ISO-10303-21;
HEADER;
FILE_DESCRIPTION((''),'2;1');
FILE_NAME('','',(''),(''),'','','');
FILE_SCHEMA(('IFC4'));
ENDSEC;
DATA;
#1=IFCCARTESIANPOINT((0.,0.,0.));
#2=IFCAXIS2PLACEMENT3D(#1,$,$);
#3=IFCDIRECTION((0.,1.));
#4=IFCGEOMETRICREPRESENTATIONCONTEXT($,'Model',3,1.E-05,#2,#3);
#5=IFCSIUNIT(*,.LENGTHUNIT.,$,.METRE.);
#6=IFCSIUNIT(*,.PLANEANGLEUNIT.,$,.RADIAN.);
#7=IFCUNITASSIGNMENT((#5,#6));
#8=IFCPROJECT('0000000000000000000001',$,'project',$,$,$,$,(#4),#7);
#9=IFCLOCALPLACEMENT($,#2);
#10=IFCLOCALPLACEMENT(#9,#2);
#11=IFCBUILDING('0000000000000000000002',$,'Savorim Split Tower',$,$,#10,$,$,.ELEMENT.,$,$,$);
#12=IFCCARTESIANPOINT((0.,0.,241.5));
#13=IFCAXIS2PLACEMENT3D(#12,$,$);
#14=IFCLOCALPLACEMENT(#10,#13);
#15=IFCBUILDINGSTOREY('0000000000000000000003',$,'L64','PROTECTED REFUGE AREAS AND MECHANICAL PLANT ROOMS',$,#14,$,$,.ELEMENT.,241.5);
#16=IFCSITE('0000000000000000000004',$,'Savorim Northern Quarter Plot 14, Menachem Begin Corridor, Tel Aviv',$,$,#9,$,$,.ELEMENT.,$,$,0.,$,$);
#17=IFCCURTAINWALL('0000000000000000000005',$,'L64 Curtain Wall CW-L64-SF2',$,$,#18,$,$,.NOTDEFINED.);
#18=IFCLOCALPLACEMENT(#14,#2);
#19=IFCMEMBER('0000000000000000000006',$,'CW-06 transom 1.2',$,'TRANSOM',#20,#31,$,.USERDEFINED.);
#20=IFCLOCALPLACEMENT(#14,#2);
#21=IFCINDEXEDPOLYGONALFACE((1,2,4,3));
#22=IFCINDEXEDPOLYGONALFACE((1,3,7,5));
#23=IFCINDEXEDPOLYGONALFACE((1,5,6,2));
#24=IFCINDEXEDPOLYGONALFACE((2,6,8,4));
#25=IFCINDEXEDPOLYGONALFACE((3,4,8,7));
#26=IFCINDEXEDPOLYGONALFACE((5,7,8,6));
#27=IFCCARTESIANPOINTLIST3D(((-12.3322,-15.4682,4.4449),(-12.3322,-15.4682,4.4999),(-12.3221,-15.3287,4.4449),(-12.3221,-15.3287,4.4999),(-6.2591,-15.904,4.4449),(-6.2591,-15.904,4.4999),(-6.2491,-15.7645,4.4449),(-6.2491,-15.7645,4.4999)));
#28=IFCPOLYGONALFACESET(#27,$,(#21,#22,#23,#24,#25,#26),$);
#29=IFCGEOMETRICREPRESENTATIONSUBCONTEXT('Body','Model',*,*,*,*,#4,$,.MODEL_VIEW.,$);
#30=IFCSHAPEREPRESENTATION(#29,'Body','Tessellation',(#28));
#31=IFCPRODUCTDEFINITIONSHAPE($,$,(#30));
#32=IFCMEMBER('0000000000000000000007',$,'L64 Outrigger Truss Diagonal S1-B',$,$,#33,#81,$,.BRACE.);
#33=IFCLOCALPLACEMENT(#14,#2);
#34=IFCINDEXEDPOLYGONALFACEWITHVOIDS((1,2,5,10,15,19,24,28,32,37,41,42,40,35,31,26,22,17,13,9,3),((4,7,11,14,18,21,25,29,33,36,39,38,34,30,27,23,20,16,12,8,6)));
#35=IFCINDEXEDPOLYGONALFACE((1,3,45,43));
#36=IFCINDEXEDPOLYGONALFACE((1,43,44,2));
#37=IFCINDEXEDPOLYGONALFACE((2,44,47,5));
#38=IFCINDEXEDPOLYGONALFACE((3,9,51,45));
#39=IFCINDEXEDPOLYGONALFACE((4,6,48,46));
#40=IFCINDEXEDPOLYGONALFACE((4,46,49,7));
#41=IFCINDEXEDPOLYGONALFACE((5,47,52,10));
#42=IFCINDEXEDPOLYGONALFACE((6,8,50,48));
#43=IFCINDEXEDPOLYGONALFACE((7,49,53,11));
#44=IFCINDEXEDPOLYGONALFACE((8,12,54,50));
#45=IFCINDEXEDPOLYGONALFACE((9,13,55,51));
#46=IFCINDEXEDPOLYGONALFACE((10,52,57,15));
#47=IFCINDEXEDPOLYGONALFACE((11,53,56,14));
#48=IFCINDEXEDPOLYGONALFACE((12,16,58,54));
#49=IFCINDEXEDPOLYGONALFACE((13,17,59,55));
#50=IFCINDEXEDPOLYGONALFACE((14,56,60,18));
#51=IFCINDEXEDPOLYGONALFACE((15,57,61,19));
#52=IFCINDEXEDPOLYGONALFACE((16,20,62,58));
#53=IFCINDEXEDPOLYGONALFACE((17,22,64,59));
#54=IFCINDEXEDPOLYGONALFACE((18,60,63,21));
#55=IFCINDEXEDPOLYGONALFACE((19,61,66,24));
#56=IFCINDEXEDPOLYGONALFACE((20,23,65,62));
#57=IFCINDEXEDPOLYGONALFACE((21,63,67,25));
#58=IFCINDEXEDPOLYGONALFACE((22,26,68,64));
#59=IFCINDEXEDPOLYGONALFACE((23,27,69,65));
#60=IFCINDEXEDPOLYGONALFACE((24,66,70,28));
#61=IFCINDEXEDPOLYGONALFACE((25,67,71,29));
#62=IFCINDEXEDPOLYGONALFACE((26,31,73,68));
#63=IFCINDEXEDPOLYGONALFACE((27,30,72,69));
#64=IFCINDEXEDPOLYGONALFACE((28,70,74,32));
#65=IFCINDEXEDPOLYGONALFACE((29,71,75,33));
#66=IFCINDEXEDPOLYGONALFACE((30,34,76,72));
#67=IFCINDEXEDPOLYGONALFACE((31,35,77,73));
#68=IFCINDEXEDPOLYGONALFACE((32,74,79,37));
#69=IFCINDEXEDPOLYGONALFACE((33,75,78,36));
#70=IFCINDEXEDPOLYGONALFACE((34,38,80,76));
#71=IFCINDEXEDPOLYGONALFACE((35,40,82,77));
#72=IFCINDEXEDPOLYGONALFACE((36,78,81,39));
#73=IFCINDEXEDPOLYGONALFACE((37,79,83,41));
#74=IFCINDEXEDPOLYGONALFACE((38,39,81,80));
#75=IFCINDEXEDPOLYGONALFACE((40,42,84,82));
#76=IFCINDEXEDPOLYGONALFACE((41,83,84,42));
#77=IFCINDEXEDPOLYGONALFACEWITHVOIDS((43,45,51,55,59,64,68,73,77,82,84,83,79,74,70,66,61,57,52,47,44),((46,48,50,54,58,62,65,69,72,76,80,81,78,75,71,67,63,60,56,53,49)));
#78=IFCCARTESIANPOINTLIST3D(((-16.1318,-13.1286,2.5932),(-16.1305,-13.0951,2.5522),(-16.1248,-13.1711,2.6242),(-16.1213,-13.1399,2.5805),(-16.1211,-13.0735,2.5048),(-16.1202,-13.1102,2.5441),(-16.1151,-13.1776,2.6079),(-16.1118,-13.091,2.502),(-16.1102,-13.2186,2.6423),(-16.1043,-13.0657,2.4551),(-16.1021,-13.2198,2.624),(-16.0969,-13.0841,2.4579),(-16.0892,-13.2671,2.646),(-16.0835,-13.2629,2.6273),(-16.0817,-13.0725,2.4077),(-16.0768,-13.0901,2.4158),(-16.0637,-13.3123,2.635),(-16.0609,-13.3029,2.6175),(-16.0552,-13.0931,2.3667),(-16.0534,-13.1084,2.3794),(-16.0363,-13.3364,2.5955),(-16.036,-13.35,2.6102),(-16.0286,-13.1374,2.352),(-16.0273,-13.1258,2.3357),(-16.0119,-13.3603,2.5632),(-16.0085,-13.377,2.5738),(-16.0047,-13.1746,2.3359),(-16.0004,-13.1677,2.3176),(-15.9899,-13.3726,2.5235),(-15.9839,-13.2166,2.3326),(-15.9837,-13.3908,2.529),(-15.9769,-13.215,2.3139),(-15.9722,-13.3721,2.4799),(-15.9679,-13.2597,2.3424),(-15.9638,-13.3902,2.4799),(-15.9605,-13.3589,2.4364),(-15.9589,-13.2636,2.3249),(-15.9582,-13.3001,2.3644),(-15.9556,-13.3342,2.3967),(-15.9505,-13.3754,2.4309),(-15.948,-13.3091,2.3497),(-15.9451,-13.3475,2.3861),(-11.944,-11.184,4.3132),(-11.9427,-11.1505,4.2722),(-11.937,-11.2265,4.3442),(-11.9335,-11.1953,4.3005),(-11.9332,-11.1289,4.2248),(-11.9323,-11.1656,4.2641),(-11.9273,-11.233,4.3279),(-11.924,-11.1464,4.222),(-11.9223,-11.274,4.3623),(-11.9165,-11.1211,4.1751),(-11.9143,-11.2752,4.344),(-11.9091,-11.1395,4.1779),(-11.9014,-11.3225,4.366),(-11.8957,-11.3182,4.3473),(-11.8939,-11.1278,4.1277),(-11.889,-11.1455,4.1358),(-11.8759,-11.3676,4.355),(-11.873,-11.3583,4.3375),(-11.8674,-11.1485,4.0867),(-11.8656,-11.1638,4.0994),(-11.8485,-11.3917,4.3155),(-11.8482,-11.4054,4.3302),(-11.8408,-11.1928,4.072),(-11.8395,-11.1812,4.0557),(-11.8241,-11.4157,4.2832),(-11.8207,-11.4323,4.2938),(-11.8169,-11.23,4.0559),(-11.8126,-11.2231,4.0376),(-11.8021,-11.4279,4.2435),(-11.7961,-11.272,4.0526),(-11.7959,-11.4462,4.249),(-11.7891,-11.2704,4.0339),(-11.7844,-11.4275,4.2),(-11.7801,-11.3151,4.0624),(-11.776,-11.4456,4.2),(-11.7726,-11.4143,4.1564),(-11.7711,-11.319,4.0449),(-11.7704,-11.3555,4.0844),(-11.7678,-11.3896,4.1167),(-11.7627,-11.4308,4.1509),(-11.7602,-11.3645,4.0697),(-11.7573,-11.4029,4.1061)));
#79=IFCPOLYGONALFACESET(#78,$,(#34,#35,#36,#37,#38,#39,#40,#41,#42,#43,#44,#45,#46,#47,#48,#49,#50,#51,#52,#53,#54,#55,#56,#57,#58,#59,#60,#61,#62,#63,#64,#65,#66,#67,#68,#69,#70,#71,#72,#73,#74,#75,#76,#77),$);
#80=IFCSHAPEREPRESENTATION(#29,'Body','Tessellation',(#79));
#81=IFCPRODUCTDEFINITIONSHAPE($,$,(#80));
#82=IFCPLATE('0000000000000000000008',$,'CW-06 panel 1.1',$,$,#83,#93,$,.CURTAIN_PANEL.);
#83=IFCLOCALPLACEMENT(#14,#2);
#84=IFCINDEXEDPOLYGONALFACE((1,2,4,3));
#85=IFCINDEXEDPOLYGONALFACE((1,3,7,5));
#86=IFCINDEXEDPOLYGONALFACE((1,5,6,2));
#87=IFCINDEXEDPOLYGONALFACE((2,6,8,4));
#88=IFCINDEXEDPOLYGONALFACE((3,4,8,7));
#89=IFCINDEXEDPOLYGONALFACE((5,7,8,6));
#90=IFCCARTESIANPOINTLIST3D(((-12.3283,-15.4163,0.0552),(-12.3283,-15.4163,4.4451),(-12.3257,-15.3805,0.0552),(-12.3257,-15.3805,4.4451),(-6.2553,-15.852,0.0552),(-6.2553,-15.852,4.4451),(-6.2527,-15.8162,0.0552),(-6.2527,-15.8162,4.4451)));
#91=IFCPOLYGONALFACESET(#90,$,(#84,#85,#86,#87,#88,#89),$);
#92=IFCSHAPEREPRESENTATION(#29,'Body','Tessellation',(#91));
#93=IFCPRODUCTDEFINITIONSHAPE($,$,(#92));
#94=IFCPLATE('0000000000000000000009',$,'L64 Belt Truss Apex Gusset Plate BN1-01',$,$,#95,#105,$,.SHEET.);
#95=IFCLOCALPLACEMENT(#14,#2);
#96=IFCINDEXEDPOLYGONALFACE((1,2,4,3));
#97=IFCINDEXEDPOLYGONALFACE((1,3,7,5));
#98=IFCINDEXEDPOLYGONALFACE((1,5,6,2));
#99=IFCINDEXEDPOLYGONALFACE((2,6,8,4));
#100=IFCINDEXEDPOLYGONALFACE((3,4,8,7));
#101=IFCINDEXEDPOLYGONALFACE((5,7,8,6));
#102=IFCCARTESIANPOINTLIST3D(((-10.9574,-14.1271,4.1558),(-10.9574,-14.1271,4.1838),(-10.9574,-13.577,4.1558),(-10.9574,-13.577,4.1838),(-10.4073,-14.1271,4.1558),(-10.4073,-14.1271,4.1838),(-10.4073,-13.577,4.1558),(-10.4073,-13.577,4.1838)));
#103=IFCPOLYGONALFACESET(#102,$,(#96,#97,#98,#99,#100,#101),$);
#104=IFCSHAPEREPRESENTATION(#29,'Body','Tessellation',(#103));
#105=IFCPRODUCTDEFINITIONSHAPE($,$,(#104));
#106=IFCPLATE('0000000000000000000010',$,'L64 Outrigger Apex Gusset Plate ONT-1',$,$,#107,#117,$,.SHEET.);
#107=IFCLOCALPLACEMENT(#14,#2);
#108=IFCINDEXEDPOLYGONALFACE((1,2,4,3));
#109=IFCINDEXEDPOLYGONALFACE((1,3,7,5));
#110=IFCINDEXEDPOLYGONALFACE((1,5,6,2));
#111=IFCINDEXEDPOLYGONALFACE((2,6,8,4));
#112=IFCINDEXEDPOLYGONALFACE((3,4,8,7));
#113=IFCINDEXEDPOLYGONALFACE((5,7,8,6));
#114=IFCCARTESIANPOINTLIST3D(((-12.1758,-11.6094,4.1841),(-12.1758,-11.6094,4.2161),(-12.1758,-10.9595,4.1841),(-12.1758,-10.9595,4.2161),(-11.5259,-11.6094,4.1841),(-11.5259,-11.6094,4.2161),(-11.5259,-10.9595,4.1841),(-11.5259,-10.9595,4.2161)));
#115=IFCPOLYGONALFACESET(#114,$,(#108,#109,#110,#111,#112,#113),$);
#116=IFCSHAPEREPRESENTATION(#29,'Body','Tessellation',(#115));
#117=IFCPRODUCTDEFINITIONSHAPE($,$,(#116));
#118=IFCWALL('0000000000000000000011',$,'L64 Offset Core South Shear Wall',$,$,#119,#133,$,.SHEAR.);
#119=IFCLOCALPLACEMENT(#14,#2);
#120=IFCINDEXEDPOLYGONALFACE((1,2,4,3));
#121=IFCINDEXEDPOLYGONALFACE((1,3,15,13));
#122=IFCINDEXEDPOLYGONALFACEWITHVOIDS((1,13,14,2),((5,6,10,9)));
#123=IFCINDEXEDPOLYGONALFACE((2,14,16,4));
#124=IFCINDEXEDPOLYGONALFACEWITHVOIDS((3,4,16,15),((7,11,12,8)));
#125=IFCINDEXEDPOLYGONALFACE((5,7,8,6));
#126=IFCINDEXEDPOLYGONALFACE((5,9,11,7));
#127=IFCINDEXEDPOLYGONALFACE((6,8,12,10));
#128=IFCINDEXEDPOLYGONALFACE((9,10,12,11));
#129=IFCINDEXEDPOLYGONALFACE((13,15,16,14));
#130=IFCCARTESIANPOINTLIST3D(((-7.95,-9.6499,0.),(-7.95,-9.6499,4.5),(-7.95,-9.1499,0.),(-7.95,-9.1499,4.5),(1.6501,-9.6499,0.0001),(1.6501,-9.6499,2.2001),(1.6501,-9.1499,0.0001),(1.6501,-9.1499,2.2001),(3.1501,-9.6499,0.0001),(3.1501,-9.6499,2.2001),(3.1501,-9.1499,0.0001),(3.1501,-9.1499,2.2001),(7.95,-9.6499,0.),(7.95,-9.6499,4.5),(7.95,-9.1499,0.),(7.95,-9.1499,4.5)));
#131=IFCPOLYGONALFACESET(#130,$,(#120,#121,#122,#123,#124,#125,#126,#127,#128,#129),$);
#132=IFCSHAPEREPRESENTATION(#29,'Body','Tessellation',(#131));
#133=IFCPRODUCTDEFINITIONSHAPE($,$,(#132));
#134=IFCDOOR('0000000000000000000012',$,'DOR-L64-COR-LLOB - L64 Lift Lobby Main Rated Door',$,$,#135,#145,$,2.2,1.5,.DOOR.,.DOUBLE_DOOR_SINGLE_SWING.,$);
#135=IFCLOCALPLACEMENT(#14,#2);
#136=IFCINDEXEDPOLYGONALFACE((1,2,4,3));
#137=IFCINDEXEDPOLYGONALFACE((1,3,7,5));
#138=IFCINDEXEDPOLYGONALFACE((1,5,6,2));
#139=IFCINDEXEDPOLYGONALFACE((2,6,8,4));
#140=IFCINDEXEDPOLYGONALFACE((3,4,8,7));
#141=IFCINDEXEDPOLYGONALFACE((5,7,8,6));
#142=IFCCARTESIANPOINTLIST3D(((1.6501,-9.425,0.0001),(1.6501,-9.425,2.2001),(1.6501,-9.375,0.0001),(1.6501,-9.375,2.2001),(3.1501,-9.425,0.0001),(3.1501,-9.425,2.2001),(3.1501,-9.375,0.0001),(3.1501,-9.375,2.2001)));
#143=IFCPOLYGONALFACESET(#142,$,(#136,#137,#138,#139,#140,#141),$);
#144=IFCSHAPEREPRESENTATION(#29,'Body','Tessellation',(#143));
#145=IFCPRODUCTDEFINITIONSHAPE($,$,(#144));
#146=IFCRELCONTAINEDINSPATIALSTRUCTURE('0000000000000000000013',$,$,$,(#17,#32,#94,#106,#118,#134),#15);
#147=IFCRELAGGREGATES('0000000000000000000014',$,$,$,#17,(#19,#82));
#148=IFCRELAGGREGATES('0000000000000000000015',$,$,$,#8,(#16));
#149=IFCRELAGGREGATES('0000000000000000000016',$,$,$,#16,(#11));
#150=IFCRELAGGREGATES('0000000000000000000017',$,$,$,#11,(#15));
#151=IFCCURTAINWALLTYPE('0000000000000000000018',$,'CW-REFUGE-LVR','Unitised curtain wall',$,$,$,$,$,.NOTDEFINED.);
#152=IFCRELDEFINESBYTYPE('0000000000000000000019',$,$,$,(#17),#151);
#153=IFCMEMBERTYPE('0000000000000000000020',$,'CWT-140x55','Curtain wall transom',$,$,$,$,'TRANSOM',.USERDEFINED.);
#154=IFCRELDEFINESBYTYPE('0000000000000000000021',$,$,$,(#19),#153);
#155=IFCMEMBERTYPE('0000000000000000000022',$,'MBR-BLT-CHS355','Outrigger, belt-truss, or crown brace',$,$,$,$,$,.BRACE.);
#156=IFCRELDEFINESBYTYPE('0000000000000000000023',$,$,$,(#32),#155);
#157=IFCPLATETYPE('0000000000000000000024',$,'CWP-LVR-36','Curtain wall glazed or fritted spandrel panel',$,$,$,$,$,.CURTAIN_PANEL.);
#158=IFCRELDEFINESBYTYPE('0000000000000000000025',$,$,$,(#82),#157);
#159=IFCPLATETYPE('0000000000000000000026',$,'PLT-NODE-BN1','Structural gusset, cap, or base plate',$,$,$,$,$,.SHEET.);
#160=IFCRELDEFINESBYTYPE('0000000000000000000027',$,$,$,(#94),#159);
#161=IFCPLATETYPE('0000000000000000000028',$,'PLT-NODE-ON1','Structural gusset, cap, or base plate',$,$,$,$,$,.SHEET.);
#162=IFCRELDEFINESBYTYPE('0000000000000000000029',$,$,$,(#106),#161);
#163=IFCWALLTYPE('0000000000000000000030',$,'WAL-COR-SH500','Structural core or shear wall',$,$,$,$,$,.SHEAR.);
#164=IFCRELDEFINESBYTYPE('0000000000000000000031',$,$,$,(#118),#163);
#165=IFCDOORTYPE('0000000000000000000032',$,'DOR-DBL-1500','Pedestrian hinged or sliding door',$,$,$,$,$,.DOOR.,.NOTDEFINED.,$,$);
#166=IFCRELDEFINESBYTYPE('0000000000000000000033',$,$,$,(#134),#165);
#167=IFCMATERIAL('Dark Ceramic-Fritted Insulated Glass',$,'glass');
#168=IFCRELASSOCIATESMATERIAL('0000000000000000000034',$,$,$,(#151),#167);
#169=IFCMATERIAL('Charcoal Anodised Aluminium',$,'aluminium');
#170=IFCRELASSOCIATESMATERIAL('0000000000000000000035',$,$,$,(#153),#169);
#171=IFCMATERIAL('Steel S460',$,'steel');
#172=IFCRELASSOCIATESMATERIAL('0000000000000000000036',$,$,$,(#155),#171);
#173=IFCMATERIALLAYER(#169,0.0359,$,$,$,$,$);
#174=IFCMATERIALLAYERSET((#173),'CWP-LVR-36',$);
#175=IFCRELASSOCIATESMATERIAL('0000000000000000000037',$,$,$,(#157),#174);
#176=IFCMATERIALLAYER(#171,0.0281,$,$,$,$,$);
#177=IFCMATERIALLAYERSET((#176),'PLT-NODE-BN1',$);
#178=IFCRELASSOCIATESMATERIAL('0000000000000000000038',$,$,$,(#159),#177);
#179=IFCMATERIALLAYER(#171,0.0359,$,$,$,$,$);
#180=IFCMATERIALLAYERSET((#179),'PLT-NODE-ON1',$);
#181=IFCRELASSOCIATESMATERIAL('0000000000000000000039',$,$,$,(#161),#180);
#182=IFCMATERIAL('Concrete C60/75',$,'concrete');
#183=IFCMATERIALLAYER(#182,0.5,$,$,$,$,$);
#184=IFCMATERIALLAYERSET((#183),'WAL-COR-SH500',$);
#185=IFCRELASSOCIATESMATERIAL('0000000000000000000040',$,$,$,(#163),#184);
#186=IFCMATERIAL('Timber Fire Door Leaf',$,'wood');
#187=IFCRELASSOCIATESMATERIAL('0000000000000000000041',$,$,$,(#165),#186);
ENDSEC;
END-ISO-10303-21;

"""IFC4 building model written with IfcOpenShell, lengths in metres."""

from ifc_helpers import new_model, si_unit, direction, frame, frame_2d, origin, origin_2d, place, context, subcontext, project, spatial, rectangle, hollow_circle, extrude, material, layer, layer_set, material_profile, profile_set, type_object, element, fill, aggregate, save


model = new_model("IFC4")

# Units and contexts
model_context = context("Model", 3, precision=1e-05, world=origin(), true_north=direction((0.0, 1.0)))
body_context = subcontext(model_context, "Body", "Model", "MODEL_VIEW")
ifc_project = project(units=[si_unit("LENGTHUNIT", "METRE"), si_unit("PLANEANGLEUNIT", "RADIAN")], contexts=[model_context])

# Site, building, storey
site_placement = place(None, origin())
site = spatial("IfcSite", under=ifc_project, at=site_placement, Name="Savorim Northern Quarter Plot 14, Menachem Begin Corridor, Tel Aviv", CompositionType="ELEMENT", RefElevation=0.0)
building_placement = place(site_placement, origin())
building = spatial("IfcBuilding", under=site, at=building_placement, Name="Savorim Split Tower", CompositionType="ELEMENT")
storey_placement = place(building_placement, frame((0.0, 0.0, 241.5)))
storey = spatial("IfcBuildingStorey", under=building, at=storey_placement, Name="L64", Description="PROTECTED REFUGE AREAS AND MECHANICAL PLANT ROOMS", CompositionType="ELEMENT", Elevation=241.5)

# Shared definitions
ifc_material_1 = material(Name="Dark Ceramic-Fritted Insulated Glass", Category="glass")
curtain_wall_type = type_object("IfcCurtainWallType", Name="CW-REFUGE-LVR", Description="Unitised curtain wall", PredefinedType="NOTDEFINED", material=ifc_material_1)
ifc_material_2 = material(Name="Charcoal Anodised Aluminium", Category="aluminium")

# Curtain wall, member
curtain_wall_1_placement = place(storey_placement, origin())
curtain_wall_1 = element("IfcCurtainWall", 1, at=curtain_wall_1_placement, inside=storey, type_object=curtain_wall_type, Name="L64 Curtain Wall CW-L64-SF2", PredefinedType="NOTDEFINED")
ifc_material_profile_1 = material_profile(ifc_material_2, rectangle(XDim=0.1399, YDim=0.0549, at=origin_2d()), Name="ALU-T 140x55")
ifc_profile_set_1 = profile_set([ifc_material_profile_1], Name="Charcoal Anodised Aluminium")
member_type_1 = type_object("IfcMemberType", Name="CWT-140x55", Description="Curtain wall transom", ElementType="TRANSOM", PredefinedType="USERDEFINED", material=ifc_profile_set_1)
member_1_placement = place(storey_placement, frame((-12.3271, -15.3984, 4.4724), z_axis=(0.997435, -0.071575, 0.0), x_axis=(0.071575, 0.997435, 0.0)))
member_1 = element("IfcMember", 2, at=member_1_placement, type_object=member_type_1, Name="CW-06 transom 1.2", ObjectType="TRANSOM", PredefinedType="USERDEFINED", context=body_context, shape_type="SweptSolid", body=[
    extrude(rectangle(XDim=0.1399, YDim=0.0549, at=origin_2d()), origin(), (0.0, 0.0, 1.0), 6.0886),
])

# Member
ifc_material_3 = material(Name="Steel S460", Category="steel")
ifc_material_profile_2 = material_profile(ifc_material_3, hollow_circle(Radius=0.1777, WallThickness=0.02, at=origin_2d()), Name="CHS 355.6x20")
ifc_profile_set_2 = profile_set([ifc_material_profile_2], Name="Steel S460")
member_type_2 = type_object("IfcMemberType", Name="MBR-BLT-CHS355", Description="Outrigger, belt-truss, or crown brace", PredefinedType="BRACE", material=ifc_profile_set_2)
member_2_placement = place(storey_placement, frame((-11.8508, -11.2844, 4.2), z_axis=(-0.849931, -0.394666, -0.34908), x_axis=(0.421159, -0.906987, 0.0)))
element("IfcMember", 3, at=member_2_placement, inside=storey, type_object=member_type_2, Name="L64 Outrigger Truss Diagonal S1-B", PredefinedType="BRACE", context=body_context, shape_type="SweptSolid", body=[
    extrude(hollow_circle(Radius=0.1777, WallThickness=0.02, at=origin_2d()), origin(), (0.0, 0.0, 1.0), 4.9272),
])

# Plate
ifc_layer_1 = layer(ifc_material_2, 0.0359)
ifc_layer_set_1 = layer_set([ifc_layer_1], Name="CWP-LVR-36")
plate_type_1 = type_object("IfcPlateType", Name="CWP-LVR-36", Description="Curtain wall glazed or fritted spandrel panel", PredefinedType="CURTAIN_PANEL", material=ifc_layer_set_1)
plate_1_placement = place(storey_placement, frame((-9.2905, -15.6162, 0.0552), z_axis=(0.0, 0.0, 1.0), x_axis=(0.997436, -0.071562, 0.0)))
plate_1 = element("IfcPlate", 4, at=plate_1_placement, type_object=plate_type_1, Name="CW-06 panel 1.1", PredefinedType="CURTAIN_PANEL", context=body_context, shape_type="SweptSolid", body=[
    extrude(rectangle(XDim=6.0886, YDim=0.0359, at=origin_2d()), origin(), (0.0, 0.0, 1.0), 4.3899),
])
aggregate(curtain_wall_1, [member_1, plate_1])

# Plates
ifc_layer_2 = layer(ifc_material_3, 0.0281)
ifc_layer_set_2 = layer_set([ifc_layer_2], Name="PLT-NODE-BN1")
plate_type_2 = type_object("IfcPlateType", Name="PLT-NODE-BN1", Description="Structural gusset, cap, or base plate", PredefinedType="SHEET", material=ifc_layer_set_2)
plate_2_placement = place(storey_placement, frame((-10.6824, -13.8521, 4.1558), z_axis=(0.0, 0.0, 1.0), x_axis=(1.0, 0.0, 0.0)))
element("IfcPlate", 5, at=plate_2_placement, inside=storey, type_object=plate_type_2, Name="L64 Belt Truss Apex Gusset Plate BN1-01", PredefinedType="SHEET", context=body_context, shape_type="SweptSolid", body=[
    extrude(rectangle(XDim=0.55, YDim=0.55, at=origin_2d()), origin(), (0.0, 0.0, 1.0), 0.0281),
])
ifc_layer_3 = layer(ifc_material_3, 0.0359)
ifc_layer_set_3 = layer_set([ifc_layer_3], Name="PLT-NODE-ON1")
plate_type_3 = type_object("IfcPlateType", Name="PLT-NODE-ON1", Description="Structural gusset, cap, or base plate", PredefinedType="SHEET", material=ifc_layer_set_3)
plate_3_placement = place(storey_placement, frame((-11.8508, -11.2844, 4.1841), z_axis=(0.0, 0.0, 1.0), x_axis=(1.0, 0.0, 0.0)))
element("IfcPlate", 6, at=plate_3_placement, inside=storey, type_object=plate_type_3, Name="L64 Outrigger Apex Gusset Plate ONT-1", PredefinedType="SHEET", context=body_context, shape_type="SweptSolid", body=[
    extrude(rectangle(XDim=0.6499, YDim=0.6499, at=origin_2d()), origin(), (0.0, 0.0, 1.0), 0.032),
])

# Wall, opening, door
ifc_material_4 = material(Name="Concrete C60/75", Category="concrete")
ifc_layer_4 = layer(ifc_material_4, 0.5)
ifc_layer_set_4 = layer_set([ifc_layer_4], Name="WAL-COR-SH500")
wall_type_1 = type_object("IfcWallType", Name="WAL-COR-SH500", Description="Structural core or shear wall", PredefinedType="SHEAR", material=ifc_layer_set_4)
wall_1_placement = place(storey_placement, frame((-7.95, -9.3999, 0.0), z_axis=(0.0, 0.0, 1.0), x_axis=(1.0, 0.0, 0.0)))
wall_1 = element("IfcWall", 7, at=wall_1_placement, inside=storey, type_object=wall_type_1, Name="L64 Offset Core South Shear Wall", PredefinedType="SHEAR", context=body_context, shape_type="SweptSolid", body=[
    extrude(rectangle(XDim=15.8999, YDim=0.5, at=frame_2d((7.95, 0.0))), origin(), (0.0, 0.0, 1.0), 4.5),
])
opening_1_placement = place(wall_1_placement, frame((9.6001, 0.0, 0.0)))
opening_1 = element("IfcOpeningElement", 8, at=opening_1_placement, cuts=wall_1, PredefinedType="OPENING", context=body_context, shape_type="SweptSolid", body=[
    extrude(rectangle(XDim=1.5, YDim=2.2, at=frame_2d((0.75, 1.1001))), frame((0.0, 0.26, 0.0), z_axis=(0.0, -1.0, 0.0), x_axis=(1.0, 0.0, 0.0)), (0.0, 0.0, 1.0), 0.52),
])
ifc_material_5 = material(Name="Timber Fire Door Leaf", Category="wood")
door_type_1 = type_object("IfcDoorType", Name="DOR-DBL-1500", Description="Pedestrian hinged or sliding door", OperationType="NOTDEFINED", PredefinedType="DOOR", material=ifc_material_5)
door_1_placement = place(opening_1_placement, origin())
door_1 = element("IfcDoor", 9, at=door_1_placement, inside=storey, type_object=door_type_1, Name="DOR-L64-COR-LLOB - L64 Lift Lobby Main Rated Door", OperationType="DOUBLE_DOOR_SINGLE_SWING", OverallHeight=2.2, OverallWidth=1.5, PredefinedType="DOOR", context=body_context, shape_type="SweptSolid", body=[
    extrude(rectangle(XDim=1.5, YDim=2.2, at=frame_2d((0.75, 1.1001))), frame((0.0, 0.0249, 0.0), z_axis=(0.0, -1.0, 0.0), x_axis=(1.0, 0.0, 0.0)), (0.0, 0.0, 1.0), 0.05),
])
fill(opening_1, door_1)

save(model, "model.ifc")
